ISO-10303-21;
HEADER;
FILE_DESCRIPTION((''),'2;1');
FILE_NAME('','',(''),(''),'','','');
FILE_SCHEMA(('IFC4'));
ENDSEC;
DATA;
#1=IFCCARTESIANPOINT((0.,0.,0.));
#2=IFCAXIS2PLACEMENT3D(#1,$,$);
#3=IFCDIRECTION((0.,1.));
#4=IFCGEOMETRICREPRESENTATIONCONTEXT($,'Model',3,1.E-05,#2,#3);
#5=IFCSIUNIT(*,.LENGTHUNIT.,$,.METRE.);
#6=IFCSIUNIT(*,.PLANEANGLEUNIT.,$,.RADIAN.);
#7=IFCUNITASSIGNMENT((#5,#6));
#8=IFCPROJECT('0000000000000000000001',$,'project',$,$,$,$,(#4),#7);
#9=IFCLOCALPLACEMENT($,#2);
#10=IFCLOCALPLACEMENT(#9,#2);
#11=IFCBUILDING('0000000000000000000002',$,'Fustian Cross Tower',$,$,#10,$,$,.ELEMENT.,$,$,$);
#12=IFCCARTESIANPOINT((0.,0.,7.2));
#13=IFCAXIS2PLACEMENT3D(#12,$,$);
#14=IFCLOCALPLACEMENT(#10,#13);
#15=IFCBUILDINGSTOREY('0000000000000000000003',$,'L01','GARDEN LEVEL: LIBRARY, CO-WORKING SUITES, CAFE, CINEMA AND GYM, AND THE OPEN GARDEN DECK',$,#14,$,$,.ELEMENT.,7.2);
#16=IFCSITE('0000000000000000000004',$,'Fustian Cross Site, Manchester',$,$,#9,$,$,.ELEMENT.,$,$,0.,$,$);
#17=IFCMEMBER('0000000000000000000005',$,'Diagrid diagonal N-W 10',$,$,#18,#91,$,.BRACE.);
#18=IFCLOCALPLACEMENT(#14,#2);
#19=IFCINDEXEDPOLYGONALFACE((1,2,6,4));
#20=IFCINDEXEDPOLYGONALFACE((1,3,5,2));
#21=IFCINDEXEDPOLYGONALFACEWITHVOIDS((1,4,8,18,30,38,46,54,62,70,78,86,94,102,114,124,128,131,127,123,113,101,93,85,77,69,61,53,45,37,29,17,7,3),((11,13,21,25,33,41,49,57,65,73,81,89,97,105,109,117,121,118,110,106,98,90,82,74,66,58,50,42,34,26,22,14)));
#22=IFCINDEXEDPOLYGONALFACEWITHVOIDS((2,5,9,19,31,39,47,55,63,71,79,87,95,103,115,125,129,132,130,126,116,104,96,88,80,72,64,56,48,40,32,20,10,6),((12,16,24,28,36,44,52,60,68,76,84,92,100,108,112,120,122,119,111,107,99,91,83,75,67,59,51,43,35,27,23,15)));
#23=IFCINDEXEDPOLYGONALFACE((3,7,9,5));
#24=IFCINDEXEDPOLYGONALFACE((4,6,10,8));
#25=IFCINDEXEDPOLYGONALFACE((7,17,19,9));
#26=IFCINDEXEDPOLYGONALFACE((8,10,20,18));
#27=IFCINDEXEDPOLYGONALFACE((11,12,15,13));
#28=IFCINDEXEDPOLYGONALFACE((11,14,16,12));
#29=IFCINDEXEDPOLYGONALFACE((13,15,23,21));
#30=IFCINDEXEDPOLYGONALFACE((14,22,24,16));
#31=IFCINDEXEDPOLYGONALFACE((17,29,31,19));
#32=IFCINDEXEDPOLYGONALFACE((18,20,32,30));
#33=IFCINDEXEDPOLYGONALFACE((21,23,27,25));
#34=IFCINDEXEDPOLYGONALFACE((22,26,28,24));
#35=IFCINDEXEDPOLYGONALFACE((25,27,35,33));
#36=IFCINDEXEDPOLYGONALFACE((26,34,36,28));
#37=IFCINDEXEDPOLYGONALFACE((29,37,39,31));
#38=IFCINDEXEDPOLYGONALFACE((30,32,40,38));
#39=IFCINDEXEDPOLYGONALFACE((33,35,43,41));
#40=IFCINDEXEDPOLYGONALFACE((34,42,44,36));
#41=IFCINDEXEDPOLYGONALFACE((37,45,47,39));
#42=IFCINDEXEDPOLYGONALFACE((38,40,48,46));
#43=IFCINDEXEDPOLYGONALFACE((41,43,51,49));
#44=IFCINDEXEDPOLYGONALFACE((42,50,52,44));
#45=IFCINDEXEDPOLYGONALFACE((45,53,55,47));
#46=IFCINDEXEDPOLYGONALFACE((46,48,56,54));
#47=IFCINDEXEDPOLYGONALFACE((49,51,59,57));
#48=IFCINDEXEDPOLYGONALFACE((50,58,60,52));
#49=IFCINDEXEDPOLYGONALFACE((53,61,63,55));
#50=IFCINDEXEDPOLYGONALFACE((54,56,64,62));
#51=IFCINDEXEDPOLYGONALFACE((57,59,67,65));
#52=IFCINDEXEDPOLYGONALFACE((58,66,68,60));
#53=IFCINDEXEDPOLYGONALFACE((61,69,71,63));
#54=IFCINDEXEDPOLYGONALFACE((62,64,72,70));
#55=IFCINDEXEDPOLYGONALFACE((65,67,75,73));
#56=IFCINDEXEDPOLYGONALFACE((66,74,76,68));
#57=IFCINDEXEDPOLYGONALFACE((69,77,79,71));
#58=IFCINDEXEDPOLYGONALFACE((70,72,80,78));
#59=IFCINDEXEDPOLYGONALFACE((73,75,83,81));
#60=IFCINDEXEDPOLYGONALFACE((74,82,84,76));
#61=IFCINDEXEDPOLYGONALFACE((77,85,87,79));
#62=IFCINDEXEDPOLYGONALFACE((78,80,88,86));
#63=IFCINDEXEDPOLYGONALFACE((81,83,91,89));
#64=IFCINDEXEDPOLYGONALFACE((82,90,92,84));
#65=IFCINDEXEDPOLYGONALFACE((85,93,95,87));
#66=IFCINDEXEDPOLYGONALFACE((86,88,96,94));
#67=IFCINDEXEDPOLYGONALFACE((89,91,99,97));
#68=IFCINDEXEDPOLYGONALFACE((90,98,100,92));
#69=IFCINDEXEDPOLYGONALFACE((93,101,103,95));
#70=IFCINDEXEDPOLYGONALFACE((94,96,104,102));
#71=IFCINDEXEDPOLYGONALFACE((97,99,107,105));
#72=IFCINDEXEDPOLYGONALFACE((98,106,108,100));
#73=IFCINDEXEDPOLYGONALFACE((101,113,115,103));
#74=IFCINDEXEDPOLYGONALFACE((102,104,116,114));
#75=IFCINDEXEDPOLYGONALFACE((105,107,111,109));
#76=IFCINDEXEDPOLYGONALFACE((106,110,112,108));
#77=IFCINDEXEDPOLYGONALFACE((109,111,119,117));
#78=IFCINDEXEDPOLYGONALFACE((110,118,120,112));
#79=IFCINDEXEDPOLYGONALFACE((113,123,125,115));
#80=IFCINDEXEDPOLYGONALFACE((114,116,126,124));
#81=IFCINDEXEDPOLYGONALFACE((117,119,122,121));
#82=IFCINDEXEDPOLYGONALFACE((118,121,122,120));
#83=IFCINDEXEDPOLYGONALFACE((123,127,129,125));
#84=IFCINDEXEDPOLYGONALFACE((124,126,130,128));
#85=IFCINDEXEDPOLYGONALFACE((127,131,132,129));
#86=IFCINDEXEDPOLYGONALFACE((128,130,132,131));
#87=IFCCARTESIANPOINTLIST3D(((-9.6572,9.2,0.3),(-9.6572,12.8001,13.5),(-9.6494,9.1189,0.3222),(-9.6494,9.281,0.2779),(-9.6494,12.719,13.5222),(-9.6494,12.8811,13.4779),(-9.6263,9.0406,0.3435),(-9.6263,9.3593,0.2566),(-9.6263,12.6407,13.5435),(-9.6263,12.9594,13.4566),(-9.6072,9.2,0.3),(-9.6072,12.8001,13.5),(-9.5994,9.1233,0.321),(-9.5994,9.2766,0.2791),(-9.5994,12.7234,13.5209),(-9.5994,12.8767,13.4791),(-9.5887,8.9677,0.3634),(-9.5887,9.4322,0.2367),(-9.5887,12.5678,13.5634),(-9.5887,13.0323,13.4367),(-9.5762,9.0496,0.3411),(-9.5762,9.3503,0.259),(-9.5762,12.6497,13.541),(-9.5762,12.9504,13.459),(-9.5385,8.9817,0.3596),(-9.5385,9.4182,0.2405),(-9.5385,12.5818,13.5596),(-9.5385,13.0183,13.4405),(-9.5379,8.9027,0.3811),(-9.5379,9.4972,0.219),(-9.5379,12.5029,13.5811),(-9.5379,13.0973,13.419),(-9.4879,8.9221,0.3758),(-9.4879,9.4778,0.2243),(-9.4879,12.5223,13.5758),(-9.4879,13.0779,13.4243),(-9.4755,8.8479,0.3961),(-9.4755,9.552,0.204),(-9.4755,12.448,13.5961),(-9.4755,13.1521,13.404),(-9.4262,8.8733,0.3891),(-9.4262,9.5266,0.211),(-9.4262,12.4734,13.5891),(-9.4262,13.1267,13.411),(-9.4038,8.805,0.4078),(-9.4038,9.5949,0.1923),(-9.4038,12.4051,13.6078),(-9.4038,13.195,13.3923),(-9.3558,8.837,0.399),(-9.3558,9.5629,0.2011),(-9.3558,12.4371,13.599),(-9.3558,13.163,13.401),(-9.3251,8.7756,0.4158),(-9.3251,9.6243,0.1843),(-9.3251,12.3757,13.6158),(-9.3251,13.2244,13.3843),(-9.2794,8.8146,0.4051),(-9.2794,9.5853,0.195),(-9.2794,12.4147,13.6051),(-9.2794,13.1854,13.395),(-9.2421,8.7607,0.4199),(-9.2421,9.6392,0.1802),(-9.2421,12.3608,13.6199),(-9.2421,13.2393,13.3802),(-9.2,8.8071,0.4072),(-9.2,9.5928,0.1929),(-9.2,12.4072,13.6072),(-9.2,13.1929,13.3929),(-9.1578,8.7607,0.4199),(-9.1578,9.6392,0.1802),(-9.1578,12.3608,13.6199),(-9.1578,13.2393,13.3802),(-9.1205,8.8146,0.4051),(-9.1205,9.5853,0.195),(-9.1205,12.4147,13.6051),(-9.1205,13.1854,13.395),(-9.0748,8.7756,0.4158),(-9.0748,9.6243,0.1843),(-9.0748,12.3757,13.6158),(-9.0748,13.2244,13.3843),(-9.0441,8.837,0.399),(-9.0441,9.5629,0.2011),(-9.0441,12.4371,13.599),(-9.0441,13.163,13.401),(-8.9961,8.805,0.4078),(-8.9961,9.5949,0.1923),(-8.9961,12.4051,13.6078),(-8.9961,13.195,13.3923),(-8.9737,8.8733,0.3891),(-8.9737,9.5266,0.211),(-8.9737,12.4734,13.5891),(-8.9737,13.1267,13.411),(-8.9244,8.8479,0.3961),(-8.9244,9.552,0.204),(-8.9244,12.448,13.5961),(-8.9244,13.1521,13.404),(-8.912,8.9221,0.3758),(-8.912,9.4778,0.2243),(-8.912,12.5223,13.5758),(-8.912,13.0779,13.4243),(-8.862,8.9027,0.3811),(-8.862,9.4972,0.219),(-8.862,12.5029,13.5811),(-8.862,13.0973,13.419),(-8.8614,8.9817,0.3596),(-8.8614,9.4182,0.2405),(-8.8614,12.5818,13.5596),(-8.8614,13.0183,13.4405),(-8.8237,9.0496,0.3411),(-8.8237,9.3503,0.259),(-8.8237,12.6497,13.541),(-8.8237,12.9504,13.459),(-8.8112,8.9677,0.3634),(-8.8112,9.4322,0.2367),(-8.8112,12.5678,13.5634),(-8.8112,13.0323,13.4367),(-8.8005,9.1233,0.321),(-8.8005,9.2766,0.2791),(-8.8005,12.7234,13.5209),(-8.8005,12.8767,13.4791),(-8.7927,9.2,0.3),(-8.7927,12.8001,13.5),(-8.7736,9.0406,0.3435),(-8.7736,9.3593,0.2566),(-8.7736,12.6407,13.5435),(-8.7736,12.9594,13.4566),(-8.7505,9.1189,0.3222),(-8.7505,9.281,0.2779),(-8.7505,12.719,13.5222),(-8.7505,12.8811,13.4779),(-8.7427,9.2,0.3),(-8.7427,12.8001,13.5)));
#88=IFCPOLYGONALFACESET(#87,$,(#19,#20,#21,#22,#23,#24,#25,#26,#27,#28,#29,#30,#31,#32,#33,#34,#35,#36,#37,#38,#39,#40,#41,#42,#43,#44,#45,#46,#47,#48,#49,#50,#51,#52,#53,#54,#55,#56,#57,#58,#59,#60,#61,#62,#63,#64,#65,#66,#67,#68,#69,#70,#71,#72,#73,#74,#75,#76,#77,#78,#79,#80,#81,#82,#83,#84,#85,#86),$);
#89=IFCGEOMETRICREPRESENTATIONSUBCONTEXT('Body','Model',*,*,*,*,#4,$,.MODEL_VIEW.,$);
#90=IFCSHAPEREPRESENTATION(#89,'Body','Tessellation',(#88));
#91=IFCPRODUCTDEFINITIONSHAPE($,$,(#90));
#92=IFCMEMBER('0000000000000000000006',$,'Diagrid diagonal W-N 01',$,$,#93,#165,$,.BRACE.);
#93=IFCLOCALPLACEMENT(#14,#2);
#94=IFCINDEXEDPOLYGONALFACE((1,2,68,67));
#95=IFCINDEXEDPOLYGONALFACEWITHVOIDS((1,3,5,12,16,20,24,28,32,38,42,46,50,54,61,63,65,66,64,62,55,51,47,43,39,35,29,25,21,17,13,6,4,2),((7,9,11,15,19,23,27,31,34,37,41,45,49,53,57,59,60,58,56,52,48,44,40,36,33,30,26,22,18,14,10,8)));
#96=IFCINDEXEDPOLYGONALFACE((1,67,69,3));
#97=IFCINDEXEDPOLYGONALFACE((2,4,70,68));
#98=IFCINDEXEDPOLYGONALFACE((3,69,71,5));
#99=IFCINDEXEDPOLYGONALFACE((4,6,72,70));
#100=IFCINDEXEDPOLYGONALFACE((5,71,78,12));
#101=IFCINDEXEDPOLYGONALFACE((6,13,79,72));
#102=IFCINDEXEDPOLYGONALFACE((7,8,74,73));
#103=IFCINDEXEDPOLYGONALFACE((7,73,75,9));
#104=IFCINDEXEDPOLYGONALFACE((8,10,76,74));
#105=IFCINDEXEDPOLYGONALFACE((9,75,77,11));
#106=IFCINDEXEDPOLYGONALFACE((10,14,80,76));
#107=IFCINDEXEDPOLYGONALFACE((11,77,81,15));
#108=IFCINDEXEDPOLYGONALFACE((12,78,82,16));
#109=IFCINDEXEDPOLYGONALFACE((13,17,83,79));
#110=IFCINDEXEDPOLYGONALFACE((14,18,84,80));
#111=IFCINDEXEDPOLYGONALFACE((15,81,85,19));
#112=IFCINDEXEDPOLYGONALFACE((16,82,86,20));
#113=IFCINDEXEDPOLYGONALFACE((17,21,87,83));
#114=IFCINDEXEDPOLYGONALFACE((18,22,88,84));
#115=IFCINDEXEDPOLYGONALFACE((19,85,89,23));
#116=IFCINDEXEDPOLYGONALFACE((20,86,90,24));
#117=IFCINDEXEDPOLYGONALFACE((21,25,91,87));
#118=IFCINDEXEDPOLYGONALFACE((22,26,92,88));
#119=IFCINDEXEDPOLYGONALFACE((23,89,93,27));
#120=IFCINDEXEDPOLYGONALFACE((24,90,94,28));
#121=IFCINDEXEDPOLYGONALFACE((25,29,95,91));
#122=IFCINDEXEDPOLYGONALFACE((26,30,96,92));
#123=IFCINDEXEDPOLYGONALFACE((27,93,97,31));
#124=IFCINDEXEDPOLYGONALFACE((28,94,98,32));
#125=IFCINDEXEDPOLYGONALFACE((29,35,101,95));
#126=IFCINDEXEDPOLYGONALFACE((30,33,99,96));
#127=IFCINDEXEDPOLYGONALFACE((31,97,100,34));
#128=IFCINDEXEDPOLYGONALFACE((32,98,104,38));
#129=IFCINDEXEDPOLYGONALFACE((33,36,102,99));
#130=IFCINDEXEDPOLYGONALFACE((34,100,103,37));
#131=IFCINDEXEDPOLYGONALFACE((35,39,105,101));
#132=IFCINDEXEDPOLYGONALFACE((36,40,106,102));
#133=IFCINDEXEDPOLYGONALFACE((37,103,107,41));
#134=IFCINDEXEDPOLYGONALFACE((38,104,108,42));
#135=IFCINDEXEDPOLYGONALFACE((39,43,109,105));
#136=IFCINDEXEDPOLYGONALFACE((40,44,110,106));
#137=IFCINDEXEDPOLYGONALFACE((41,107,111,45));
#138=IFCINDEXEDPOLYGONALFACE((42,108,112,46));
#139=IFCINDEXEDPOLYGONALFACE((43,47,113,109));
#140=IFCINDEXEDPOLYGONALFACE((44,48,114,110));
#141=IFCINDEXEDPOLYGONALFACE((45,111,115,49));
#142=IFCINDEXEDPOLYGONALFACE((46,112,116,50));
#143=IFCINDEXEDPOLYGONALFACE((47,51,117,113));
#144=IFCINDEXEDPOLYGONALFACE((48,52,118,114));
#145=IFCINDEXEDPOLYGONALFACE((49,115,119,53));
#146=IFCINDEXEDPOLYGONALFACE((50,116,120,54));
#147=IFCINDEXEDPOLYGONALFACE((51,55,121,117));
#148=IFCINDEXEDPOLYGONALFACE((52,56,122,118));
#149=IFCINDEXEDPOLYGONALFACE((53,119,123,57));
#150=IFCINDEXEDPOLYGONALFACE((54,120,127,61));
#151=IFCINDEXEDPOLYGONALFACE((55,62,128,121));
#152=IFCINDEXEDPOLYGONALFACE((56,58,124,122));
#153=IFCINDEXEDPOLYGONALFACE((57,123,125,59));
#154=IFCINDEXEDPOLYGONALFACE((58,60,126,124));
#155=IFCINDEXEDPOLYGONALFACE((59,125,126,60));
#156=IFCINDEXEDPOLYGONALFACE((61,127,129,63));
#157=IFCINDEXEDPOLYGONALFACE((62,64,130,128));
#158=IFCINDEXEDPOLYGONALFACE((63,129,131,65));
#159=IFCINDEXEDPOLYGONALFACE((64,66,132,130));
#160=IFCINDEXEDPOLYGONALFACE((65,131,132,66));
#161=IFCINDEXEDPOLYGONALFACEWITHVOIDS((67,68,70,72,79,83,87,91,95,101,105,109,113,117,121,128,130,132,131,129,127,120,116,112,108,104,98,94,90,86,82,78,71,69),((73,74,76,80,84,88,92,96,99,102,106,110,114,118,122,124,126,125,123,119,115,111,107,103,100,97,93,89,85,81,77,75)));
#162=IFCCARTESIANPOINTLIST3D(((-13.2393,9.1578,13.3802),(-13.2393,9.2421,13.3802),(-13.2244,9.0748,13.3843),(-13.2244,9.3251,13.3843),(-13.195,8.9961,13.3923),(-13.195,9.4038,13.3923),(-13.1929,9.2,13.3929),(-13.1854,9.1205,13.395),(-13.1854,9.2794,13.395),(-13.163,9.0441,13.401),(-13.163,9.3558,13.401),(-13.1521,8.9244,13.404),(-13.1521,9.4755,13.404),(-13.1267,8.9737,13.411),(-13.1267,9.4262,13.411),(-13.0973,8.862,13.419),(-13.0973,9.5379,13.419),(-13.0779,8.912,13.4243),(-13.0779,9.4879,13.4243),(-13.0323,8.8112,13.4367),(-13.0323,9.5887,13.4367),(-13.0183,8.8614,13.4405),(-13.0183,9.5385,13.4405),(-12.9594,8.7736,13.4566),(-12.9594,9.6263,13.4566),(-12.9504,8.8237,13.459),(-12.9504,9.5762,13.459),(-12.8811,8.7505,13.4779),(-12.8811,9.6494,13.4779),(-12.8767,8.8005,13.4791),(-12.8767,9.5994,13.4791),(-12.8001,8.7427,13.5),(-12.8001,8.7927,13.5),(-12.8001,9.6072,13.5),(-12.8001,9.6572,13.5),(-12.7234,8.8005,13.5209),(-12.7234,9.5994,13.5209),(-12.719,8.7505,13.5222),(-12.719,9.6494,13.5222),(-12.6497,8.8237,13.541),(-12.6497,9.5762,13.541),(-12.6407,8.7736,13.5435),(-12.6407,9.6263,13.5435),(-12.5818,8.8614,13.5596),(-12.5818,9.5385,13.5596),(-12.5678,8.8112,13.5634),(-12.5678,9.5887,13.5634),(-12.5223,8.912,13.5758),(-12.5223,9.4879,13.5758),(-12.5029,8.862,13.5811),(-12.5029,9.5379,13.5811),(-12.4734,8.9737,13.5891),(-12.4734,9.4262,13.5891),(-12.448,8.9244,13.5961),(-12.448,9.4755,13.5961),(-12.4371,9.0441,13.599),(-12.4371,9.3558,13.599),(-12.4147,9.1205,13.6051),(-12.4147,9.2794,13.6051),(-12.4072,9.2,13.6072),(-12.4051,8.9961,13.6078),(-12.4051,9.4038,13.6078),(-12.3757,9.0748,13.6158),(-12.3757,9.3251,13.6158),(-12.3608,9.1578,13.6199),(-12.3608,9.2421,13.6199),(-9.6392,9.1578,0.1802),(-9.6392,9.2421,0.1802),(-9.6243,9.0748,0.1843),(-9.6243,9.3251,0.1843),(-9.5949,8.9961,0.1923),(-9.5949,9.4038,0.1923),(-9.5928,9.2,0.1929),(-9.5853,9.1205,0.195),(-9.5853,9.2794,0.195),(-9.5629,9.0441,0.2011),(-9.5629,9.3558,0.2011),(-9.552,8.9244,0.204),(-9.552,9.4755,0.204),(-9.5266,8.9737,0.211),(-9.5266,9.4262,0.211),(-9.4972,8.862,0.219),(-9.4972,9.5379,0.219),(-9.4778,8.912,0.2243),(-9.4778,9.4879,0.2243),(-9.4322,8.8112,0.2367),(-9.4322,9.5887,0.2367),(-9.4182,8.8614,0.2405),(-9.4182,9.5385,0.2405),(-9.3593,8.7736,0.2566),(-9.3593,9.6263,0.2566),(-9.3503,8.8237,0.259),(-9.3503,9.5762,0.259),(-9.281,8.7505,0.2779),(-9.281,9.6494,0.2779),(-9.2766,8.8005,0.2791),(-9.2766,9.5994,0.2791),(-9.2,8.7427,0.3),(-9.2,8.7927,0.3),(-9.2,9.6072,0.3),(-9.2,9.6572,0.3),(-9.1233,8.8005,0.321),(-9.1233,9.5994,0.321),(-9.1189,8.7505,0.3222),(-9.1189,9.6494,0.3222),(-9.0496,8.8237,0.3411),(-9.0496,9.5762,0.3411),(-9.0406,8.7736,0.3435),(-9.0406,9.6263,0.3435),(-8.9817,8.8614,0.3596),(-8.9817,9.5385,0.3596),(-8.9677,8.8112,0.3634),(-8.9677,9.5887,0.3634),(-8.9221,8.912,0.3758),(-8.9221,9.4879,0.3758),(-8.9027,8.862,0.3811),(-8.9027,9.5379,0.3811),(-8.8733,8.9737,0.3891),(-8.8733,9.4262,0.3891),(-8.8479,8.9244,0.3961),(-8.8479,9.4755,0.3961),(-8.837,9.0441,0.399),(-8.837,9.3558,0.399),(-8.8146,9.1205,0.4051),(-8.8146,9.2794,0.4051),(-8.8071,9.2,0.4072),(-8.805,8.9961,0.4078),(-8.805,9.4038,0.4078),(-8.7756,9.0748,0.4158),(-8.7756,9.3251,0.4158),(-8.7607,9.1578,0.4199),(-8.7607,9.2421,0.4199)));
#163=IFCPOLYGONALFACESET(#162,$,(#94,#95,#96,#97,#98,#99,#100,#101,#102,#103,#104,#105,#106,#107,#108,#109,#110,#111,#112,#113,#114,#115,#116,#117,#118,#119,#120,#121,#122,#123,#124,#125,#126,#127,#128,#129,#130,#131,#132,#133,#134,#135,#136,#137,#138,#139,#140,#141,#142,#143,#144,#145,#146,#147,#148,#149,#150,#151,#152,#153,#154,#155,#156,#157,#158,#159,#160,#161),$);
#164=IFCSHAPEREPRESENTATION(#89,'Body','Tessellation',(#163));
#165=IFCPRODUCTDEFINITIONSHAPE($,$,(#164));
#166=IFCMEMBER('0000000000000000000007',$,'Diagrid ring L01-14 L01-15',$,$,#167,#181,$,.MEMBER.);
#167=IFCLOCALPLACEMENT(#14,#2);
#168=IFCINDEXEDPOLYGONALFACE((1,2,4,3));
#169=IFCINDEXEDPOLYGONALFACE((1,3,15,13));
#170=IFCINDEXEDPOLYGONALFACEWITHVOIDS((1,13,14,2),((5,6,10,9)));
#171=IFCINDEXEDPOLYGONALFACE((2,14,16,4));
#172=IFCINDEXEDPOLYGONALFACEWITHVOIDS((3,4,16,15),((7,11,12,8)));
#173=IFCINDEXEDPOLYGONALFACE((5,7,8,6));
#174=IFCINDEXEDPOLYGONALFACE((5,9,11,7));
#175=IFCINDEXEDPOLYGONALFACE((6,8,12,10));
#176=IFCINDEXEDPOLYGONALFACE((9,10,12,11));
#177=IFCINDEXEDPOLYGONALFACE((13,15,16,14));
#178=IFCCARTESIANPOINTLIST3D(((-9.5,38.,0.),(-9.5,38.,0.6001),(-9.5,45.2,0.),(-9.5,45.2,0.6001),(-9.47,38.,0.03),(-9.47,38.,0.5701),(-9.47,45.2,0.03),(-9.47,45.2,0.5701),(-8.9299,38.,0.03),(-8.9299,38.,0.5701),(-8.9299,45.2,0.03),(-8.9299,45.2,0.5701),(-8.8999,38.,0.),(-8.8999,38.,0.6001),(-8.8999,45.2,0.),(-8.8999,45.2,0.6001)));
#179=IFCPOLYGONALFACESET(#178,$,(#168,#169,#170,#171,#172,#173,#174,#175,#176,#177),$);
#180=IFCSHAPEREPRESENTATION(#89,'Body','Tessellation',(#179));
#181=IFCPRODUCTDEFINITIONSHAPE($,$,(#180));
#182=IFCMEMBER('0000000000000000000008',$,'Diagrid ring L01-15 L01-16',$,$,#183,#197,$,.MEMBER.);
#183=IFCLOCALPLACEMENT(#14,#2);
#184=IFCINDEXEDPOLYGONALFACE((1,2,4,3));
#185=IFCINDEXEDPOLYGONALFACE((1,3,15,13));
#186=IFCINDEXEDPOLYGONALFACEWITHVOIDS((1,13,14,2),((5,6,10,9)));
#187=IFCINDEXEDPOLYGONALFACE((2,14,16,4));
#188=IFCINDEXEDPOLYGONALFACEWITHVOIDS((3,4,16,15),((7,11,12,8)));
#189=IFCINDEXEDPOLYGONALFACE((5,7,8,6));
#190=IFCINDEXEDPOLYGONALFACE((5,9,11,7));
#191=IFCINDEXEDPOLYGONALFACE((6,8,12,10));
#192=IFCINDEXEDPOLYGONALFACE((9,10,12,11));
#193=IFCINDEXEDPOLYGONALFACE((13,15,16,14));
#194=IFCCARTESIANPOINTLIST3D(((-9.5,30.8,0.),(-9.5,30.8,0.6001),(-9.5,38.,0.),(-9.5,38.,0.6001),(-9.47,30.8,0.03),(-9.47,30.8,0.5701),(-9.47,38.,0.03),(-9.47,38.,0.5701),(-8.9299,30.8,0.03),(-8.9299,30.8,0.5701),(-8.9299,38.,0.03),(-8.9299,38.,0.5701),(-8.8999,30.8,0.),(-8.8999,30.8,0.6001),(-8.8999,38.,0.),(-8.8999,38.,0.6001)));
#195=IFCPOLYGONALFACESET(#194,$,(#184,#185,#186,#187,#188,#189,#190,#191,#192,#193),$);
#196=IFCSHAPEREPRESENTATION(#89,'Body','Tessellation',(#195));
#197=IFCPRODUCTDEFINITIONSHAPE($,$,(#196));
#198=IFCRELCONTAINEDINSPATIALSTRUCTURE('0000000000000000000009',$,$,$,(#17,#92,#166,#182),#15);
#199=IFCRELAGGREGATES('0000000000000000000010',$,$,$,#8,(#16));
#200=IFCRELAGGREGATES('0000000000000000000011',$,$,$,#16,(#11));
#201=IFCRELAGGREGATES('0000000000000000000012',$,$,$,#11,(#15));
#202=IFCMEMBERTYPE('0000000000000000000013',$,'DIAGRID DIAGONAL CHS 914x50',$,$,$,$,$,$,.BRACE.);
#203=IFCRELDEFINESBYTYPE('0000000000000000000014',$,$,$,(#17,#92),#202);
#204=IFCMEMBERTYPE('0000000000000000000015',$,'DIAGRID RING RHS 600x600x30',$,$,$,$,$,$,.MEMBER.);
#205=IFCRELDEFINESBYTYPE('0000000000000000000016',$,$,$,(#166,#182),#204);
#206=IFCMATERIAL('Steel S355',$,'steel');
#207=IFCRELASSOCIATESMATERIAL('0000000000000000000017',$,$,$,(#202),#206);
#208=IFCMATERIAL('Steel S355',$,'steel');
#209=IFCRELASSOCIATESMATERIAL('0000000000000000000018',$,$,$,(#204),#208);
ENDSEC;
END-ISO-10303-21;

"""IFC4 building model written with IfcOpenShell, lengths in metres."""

from ifc_helpers import new_model, si_unit, direction, frame, origin, origin_2d, place, context, subcontext, project, spatial, hollow_rectangle, hollow_circle, extrude, material, material_profile, profile_set, type_object, element, save


model = new_model("IFC4")

# Units and contexts
model_context = context("Model", 3, precision=1e-05, world=origin(), true_north=direction((0.0, 1.0)))
body_context = subcontext(model_context, "Body", "Model", "MODEL_VIEW")
ifc_project = project(units=[si_unit("LENGTHUNIT", "METRE"), si_unit("PLANEANGLEUNIT", "RADIAN")], contexts=[model_context])

# Site, building, storey
site_placement = place(None, origin())
site = spatial("IfcSite", under=ifc_project, at=site_placement, Name="Fustian Cross Site, Manchester", CompositionType="ELEMENT", RefElevation=0.0)
building_placement = place(site_placement, origin())
building = spatial("IfcBuilding", under=site, at=building_placement, Name="Fustian Cross Tower", CompositionType="ELEMENT")
storey_placement = place(building_placement, frame((0.0, 0.0, 7.2)))
storey = spatial("IfcBuildingStorey", under=building, at=storey_placement, Name="L01", Description="GARDEN LEVEL: LIBRARY, CO-WORKING SUITES, CAFE, CINEMA AND GYM, AND THE OPEN GARDEN DECK", CompositionType="ELEMENT", Elevation=7.2)

# Members
ifc_material_1 = material(Name="Steel S355", Category="steel")
ifc_material_profile_1 = material_profile(ifc_material_1, hollow_circle(Radius=0.4573, WallThickness=0.05, at=origin_2d()), Name="CHS 914x50")
ifc_profile_set_1 = profile_set([ifc_material_profile_1], Name="Steel S355")
member_type_1 = type_object("IfcMemberType", Name="DIAGRID DIAGONAL CHS 914x50", PredefinedType="BRACE", material=ifc_profile_set_1)
for number, where, z_axis, x_axis, name in (
    (1, (-9.2, 9.2, 0.3), (0.0, 0.263125, 0.964762), (-1.0, 0.0, 0.0), "Diagrid diagonal N-W 10"),
    (2, (-9.2, 9.2, 0.3), (-0.263125, 0.0, 0.964762), (0.0, -1.0, 0.0), "Diagrid diagonal W-N 01"),
):
    element("IfcMember", number, at=place(storey_placement, frame(where, z_axis=z_axis, x_axis=x_axis)), inside=storey, type_object=member_type_1, Name=name, PredefinedType="BRACE", context=body_context, shape_type="SweptSolid", body=[
        extrude(hollow_circle(Radius=0.4573, WallThickness=0.05, at=origin_2d()), origin(), (0.0, 0.0, 1.0), 13.6821),
    ])
ifc_material_2 = material(Name="Steel S355", Category="steel")
ifc_material_profile_2 = material_profile(ifc_material_2, hollow_rectangle(XDim=0.6001, YDim=0.6001, WallThickness=0.03, at=origin_2d()), Name="RHS 600x600x30")
ifc_profile_set_2 = profile_set([ifc_material_profile_2], Name="Steel S355")
member_type_2 = type_object("IfcMemberType", Name="DIAGRID RING RHS 600x600x30", PredefinedType="MEMBER", material=ifc_profile_set_2)
for number, where, z_axis, x_axis, name in (
    (3, (-9.2, 45.2, 0.3), (0.0, -1.0, 0.0), (1.0, 0.0, 0.0), "Diagrid ring L01-14 L01-15"),
    (4, (-9.2, 38.0, 0.3), (0.0, -1.0, 0.0), (1.0, 0.0, 0.0), "Diagrid ring L01-15 L01-16"),
):
    element("IfcMember", number, at=place(storey_placement, frame(where, z_axis=z_axis, x_axis=x_axis)), inside=storey, type_object=member_type_2, Name=name, PredefinedType="MEMBER", context=body_context, shape_type="SweptSolid", body=[
        extrude(hollow_rectangle(XDim=0.6001, YDim=0.6001, WallThickness=0.03, at=origin_2d()), origin(), (0.0, 0.0, 1.0), 7.2),
    ])

save(model, "model.ifc")
